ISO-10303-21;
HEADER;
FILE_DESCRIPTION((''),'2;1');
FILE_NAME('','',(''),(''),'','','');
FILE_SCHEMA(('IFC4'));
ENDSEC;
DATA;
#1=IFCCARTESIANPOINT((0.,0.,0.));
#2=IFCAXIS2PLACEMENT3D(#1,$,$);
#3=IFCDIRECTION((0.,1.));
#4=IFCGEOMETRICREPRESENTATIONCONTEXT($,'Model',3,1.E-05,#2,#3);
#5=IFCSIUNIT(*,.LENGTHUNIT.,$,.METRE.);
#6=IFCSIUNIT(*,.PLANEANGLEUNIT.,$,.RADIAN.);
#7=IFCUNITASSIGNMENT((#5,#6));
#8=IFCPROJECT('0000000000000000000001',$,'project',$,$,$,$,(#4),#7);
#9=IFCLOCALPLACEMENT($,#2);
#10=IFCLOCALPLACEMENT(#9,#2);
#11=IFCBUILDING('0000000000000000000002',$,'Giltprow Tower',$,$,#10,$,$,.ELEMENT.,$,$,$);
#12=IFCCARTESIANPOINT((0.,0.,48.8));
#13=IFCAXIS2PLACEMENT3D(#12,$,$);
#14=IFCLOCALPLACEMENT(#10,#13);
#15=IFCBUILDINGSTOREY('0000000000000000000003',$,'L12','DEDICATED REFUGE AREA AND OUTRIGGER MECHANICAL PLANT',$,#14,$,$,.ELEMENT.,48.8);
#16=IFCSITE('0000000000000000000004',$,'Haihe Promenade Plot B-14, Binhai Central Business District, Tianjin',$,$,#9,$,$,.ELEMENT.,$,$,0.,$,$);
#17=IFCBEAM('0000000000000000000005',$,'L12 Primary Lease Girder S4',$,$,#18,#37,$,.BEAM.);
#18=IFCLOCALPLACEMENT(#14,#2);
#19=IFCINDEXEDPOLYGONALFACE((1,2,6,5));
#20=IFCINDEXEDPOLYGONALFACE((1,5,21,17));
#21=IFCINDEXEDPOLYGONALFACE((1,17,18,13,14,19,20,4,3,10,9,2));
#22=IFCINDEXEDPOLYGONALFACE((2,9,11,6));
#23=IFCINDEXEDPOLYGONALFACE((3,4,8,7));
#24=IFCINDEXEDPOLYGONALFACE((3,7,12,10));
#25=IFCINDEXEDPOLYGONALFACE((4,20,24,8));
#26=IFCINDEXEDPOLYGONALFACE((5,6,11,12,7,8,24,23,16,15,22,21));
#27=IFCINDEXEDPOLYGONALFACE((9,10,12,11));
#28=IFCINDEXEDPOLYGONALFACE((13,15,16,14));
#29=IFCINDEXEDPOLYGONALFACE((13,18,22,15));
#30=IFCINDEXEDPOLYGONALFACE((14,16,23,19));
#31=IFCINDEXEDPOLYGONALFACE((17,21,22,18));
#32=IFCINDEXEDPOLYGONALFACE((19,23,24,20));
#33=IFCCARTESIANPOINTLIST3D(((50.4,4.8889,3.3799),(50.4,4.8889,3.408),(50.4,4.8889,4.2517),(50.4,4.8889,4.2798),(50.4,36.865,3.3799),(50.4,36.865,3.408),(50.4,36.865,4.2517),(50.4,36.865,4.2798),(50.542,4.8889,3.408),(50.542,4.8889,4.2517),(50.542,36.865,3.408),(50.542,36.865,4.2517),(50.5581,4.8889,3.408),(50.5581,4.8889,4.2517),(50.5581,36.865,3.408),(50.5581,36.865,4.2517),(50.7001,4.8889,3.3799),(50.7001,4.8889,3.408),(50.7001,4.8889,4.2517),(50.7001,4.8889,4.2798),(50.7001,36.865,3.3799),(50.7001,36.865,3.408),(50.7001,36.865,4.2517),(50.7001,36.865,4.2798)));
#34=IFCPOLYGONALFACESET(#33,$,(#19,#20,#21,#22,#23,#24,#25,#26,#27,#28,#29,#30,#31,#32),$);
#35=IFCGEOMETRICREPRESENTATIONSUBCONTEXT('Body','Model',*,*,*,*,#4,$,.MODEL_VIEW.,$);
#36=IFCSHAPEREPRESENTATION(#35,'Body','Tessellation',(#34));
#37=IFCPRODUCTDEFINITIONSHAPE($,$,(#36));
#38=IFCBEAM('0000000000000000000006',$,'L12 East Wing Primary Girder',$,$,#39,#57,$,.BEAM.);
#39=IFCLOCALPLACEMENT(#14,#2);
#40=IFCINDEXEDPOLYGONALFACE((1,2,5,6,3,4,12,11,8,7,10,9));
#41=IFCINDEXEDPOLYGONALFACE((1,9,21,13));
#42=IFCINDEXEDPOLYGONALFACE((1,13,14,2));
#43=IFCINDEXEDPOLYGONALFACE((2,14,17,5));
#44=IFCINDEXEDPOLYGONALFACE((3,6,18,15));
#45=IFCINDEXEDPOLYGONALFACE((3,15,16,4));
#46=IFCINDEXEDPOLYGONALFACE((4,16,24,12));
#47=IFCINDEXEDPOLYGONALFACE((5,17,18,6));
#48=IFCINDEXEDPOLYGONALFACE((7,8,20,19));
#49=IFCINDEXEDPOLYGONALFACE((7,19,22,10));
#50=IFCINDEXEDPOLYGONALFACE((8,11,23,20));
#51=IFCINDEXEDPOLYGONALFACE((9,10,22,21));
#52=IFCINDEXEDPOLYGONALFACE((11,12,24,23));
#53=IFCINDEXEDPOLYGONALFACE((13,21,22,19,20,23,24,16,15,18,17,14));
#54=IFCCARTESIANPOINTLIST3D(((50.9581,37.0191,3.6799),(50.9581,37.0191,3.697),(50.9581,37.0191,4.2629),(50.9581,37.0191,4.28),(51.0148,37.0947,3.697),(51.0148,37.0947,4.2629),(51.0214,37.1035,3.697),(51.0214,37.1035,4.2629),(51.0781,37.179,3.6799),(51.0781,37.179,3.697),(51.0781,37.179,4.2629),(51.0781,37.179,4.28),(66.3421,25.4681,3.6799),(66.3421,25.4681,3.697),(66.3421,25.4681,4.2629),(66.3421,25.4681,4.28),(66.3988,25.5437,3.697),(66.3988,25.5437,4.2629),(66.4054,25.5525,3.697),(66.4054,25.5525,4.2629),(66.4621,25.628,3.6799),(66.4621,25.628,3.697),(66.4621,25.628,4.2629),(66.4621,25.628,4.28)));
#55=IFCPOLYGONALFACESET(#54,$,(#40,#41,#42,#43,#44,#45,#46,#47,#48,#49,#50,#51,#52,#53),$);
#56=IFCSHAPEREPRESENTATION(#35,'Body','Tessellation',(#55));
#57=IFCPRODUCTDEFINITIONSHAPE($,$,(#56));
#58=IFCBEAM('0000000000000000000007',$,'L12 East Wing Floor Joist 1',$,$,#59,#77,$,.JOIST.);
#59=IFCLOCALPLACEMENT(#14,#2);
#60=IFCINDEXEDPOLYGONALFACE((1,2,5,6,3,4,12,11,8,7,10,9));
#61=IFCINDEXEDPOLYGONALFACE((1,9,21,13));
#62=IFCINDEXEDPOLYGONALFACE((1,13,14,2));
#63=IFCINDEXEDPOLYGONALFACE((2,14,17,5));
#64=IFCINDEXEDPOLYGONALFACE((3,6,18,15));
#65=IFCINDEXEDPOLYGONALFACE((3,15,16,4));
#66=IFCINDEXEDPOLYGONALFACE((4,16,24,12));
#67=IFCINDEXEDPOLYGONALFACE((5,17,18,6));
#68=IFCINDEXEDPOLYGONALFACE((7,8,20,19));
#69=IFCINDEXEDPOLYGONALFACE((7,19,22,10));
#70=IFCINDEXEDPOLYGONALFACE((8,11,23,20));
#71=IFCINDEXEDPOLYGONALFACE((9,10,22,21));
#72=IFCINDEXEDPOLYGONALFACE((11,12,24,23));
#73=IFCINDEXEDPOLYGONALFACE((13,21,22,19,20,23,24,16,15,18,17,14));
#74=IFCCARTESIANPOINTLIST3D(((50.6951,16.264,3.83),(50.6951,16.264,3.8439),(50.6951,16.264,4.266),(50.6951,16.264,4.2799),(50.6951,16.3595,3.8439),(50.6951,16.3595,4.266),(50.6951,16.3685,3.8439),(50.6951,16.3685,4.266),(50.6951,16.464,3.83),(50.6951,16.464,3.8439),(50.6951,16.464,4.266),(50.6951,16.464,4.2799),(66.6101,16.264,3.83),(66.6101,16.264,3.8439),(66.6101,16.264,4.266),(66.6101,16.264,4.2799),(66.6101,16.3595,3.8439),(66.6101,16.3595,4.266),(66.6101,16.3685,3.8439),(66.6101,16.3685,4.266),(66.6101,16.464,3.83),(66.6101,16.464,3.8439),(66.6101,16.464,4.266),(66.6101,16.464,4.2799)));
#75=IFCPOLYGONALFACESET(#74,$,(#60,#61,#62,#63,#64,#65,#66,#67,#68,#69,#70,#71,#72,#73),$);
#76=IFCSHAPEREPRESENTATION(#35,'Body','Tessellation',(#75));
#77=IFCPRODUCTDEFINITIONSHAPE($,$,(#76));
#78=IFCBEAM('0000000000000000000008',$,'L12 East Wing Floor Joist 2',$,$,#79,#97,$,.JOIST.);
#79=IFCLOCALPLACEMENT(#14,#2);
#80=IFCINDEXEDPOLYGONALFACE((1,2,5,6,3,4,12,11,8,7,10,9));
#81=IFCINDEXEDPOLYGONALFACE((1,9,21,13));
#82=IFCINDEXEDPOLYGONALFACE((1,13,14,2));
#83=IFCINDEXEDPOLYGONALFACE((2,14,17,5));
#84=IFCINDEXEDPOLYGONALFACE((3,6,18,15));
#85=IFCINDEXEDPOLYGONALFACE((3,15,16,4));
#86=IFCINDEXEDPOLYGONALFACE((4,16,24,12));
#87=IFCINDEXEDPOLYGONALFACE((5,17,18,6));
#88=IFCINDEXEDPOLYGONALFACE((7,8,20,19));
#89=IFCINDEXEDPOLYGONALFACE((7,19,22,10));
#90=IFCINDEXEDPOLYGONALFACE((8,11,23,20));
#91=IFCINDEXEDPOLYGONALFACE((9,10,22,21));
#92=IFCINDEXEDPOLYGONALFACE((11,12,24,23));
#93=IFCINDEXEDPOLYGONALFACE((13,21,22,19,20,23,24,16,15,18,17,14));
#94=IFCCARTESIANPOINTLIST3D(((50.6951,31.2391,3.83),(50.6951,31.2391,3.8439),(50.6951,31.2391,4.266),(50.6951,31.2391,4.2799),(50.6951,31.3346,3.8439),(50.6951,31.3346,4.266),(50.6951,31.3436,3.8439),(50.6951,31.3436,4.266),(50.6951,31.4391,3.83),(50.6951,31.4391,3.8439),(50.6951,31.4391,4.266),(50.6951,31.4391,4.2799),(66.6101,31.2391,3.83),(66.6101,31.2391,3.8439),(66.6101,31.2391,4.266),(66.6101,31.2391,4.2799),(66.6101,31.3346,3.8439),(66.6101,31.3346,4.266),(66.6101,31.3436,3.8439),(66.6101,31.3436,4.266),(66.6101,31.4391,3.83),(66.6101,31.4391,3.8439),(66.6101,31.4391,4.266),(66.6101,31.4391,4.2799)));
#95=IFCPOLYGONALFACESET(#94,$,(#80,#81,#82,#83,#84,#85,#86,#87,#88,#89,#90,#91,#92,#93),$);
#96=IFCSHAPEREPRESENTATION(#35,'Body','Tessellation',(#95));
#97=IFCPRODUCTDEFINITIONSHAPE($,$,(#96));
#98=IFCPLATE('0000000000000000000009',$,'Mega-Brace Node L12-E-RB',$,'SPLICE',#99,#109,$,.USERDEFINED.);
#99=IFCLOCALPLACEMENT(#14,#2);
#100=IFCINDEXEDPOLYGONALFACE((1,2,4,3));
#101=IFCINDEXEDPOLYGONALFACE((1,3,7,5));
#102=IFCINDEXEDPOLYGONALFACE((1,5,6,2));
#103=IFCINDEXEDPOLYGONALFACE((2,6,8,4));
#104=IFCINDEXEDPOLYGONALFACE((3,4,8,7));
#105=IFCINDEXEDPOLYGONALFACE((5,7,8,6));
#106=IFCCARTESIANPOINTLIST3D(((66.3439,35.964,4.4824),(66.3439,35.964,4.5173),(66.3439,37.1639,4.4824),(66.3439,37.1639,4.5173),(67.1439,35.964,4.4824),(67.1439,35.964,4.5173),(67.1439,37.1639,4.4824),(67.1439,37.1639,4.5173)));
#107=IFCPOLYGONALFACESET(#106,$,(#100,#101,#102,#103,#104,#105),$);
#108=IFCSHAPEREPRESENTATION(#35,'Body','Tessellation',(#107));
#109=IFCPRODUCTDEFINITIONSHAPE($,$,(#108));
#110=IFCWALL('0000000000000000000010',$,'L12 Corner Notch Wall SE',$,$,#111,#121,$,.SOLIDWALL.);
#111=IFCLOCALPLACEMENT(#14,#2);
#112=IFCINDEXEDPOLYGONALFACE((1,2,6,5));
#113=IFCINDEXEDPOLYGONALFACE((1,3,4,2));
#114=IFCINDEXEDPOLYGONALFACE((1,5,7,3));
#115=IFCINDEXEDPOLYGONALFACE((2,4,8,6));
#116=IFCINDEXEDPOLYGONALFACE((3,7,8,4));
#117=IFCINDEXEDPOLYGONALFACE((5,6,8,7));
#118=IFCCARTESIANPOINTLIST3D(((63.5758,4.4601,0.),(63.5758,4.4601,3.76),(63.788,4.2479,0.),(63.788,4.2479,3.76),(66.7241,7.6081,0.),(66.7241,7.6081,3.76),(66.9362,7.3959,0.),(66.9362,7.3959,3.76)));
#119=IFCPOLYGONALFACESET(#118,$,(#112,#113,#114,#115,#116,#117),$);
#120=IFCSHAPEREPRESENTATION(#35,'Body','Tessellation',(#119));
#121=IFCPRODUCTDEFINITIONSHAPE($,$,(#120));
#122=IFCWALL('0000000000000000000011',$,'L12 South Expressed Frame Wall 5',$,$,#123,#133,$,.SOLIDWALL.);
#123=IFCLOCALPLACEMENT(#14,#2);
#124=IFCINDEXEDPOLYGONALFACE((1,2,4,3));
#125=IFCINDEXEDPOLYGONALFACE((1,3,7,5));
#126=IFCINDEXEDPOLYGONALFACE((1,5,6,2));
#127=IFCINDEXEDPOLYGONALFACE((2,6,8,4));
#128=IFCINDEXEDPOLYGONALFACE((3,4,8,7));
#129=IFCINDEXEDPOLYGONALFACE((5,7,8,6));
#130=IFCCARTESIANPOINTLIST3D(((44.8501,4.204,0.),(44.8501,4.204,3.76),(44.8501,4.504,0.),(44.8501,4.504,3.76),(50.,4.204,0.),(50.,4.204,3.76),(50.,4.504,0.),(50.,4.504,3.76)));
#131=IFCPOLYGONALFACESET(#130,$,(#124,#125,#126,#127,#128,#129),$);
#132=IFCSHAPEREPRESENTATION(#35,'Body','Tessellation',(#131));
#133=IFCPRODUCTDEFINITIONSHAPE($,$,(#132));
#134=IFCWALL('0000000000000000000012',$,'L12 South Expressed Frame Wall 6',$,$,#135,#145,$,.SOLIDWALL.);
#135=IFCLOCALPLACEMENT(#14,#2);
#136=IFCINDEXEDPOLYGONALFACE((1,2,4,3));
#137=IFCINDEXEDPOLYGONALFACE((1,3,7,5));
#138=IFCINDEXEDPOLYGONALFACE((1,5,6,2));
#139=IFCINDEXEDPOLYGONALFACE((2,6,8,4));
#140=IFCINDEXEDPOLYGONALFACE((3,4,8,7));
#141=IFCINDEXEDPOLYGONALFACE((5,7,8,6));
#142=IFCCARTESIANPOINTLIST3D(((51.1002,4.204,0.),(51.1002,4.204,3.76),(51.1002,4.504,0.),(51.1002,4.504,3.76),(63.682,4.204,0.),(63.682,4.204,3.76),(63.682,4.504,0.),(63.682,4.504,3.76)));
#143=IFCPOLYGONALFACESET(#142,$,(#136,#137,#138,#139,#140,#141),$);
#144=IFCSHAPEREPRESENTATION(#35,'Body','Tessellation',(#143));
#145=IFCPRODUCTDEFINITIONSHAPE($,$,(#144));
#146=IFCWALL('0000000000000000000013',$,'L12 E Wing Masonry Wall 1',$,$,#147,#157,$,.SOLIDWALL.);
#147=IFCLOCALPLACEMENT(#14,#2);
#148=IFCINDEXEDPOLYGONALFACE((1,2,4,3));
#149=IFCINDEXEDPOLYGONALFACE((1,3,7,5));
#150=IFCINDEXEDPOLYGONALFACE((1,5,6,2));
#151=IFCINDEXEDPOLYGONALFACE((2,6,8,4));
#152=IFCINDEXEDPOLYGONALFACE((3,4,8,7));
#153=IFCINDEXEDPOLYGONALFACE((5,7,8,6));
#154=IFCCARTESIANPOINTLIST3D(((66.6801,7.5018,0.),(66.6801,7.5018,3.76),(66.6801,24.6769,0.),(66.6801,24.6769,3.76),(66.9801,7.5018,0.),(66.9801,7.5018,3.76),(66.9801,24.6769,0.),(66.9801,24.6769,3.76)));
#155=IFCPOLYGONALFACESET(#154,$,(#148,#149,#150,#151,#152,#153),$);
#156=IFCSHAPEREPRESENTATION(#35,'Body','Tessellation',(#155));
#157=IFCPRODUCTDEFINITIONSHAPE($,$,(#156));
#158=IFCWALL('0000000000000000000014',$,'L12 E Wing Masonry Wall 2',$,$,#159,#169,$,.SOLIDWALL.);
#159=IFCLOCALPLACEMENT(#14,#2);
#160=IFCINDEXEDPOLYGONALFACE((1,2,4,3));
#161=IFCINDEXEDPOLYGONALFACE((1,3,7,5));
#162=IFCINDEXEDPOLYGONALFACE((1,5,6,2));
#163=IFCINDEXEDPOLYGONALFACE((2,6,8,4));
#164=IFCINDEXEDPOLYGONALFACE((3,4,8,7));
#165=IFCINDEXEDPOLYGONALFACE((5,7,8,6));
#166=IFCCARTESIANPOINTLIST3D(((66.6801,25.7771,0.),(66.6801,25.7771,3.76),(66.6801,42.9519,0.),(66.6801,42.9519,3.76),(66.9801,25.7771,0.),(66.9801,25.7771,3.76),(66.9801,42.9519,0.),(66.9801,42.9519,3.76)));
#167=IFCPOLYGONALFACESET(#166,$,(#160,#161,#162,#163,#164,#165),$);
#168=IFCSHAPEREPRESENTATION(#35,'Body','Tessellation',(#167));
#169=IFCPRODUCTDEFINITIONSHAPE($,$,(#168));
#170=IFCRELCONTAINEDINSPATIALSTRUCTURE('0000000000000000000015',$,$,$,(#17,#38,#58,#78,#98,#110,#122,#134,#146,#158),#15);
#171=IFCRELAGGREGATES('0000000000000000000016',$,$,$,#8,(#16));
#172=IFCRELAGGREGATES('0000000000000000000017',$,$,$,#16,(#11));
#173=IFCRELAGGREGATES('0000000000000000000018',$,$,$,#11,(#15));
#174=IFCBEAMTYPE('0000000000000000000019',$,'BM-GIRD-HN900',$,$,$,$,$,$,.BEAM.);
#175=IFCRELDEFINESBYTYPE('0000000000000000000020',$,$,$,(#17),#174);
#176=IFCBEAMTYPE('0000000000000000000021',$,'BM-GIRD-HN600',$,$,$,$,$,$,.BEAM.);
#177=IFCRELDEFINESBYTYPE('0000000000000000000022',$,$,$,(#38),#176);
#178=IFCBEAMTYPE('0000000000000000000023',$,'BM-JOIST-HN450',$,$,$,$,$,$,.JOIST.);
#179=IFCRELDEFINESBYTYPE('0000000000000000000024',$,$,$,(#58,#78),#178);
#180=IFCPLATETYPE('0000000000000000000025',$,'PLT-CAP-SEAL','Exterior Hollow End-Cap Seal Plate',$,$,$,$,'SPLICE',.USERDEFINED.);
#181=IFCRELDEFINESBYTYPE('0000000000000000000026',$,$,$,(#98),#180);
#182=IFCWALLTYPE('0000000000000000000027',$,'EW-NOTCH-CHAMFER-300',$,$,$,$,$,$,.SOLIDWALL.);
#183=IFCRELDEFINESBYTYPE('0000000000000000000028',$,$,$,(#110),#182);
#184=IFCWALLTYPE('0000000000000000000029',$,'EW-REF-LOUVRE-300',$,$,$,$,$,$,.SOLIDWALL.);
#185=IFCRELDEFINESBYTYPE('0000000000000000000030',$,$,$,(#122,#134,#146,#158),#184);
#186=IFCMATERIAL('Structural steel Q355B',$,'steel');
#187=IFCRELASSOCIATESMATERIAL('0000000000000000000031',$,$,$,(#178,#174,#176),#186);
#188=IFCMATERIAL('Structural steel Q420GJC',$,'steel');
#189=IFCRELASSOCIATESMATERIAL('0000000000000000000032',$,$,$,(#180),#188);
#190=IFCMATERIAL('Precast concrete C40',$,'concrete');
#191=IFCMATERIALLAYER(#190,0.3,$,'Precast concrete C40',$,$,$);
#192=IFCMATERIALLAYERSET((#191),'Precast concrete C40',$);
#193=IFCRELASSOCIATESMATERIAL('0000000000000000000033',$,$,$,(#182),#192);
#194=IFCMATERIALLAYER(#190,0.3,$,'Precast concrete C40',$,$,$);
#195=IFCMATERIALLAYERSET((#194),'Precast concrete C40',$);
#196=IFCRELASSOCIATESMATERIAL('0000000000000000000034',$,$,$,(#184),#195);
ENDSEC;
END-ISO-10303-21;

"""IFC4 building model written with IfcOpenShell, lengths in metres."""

from ifc_helpers import new_model, si_unit, direction, frame, frame_2d, origin, origin_2d, place, context, subcontext, project, spatial, rectangle, i_section, extrude, source, transform, mapped, material, layer, layer_set, material_profile, profile_set, type_object, element, save


model = new_model("IFC4")

# Units and contexts
model_context = context("Model", 3, precision=1e-05, world=origin(), true_north=direction((0.0, 1.0)))
body_context = subcontext(model_context, "Body", "Model", "MODEL_VIEW")
ifc_project = project(units=[si_unit("LENGTHUNIT", "METRE"), si_unit("PLANEANGLEUNIT", "RADIAN")], contexts=[model_context])

# Site, building, storey
site_placement = place(None, origin())
site = spatial("IfcSite", under=ifc_project, at=site_placement, Name="Haihe Promenade Plot B-14, Binhai Central Business District, Tianjin", CompositionType="ELEMENT", RefElevation=0.0)
building_placement = place(site_placement, origin())
building = spatial("IfcBuilding", under=site, at=building_placement, Name="Giltprow Tower", CompositionType="ELEMENT")
storey_placement = place(building_placement, frame((0.0, 0.0, 48.8)))
storey = spatial("IfcBuildingStorey", under=building, at=storey_placement, Name="L12", Description="DEDICATED REFUGE AREA AND OUTRIGGER MECHANICAL PLANT", CompositionType="ELEMENT", Elevation=48.8)

# Shared definitions
ifc_material_1 = material(Name="Structural steel Q420GJC", Category="steel")

# Beams
ifc_material_2 = material(Name="Structural steel Q355B", Category="steel")
ifc_material_profile_1 = material_profile(ifc_material_2, i_section(OverallWidth=0.2, OverallDepth=0.45, WebThickness=0.009, FlangeThickness=0.0139, at=origin_2d()), Name="HN 450x200x9x14")
ifc_profile_set_1 = profile_set([ifc_material_profile_1], Name="Structural steel Q355B")
beam_type_1 = type_object("IfcBeamType", Name="BM-JOIST-HN450", PredefinedType="JOIST", material=ifc_profile_set_1)
ifc_material_profile_2 = material_profile(ifc_material_2, i_section(OverallWidth=0.3, OverallDepth=0.8999, WebThickness=0.0161, FlangeThickness=0.0281, at=origin_2d()), Name="HN 900x300x16x28")
ifc_profile_set_2 = profile_set([ifc_material_profile_2], Name="Structural steel Q355B")
beam_type_2 = type_object("IfcBeamType", Name="BM-GIRD-HN900", PredefinedType="BEAM", material=ifc_profile_set_2)
shared_shape_1 = source(origin(), body_context, "Body", "SweptSolid", [
    extrude(i_section(OverallWidth=0.3, OverallDepth=0.8999, WebThickness=0.0161, FlangeThickness=0.0281, at=origin_2d()), origin(), (0.0, 0.0, 1.0), 31.9761),
])
beam_1_placement = place(storey_placement, frame((50.55, 4.8889, 3.8298), z_axis=(0.0, 1.0, 0.0), x_axis=(-1.0, 0.0, 0.0)))
element("IfcBeam", 1, at=beam_1_placement, inside=storey, type_object=beam_type_2, Name="L12 Primary Lease Girder S4", PredefinedType="BEAM", context=body_context, shape_type="MappedRepresentation", body=[
    mapped(shared_shape_1, transform((0.0, 0.0, 0.0), x_axis=(1.0, 0.0, 0.0), y_axis=(0.0, 1.0, 0.0), z_axis=(0.0, 0.0, 1.0), scale=1.0)),
])
ifc_material_profile_3 = material_profile(ifc_material_2, i_section(OverallWidth=0.2, OverallDepth=0.6001, WebThickness=0.011, FlangeThickness=0.0171, at=origin_2d()), Name="HN 600x200x11x17")
ifc_profile_set_3 = profile_set([ifc_material_profile_3], Name="Structural steel Q355B")
beam_type_3 = type_object("IfcBeamType", Name="BM-GIRD-HN600", PredefinedType="BEAM", material=ifc_profile_set_3)
shared_shape_2 = source(origin(), body_context, "Body", "SweptSolid", [
    extrude(i_section(OverallWidth=0.2, OverallDepth=0.6001, WebThickness=0.011, FlangeThickness=0.0171, at=origin_2d()), origin(), (0.0, 0.0, 1.0), 19.2378),
])
beam_2_placement = place(storey_placement, frame((66.4021, 25.5481, 3.98), z_axis=(-0.799676, 0.600432, 0.0), x_axis=(-0.600432, -0.799676, 0.0)))
element("IfcBeam", 2, at=beam_2_placement, inside=storey, type_object=beam_type_3, Name="L12 East Wing Primary Girder", PredefinedType="BEAM", context=body_context, shape_type="MappedRepresentation", body=[
    mapped(shared_shape_2, transform((0.0, 0.0, 0.0), x_axis=(1.0, 0.0, 0.0), y_axis=(0.0, 1.0, 0.0), z_axis=(0.0, 0.0, 1.0), scale=1.0)),
])
shared_shape_3 = source(origin(), body_context, "Body", "SweptSolid", [
    extrude(i_section(OverallWidth=0.2, OverallDepth=0.45, WebThickness=0.009, FlangeThickness=0.0139, at=origin_2d()), origin(), (0.0, 0.0, 1.0), 15.915),
])
for number, where, z_axis, x_axis, name in (
    (3, (50.6951, 16.364, 4.0549), (1.0, 0.0, 0.0), (0.0, 1.0, 0.0), "L12 East Wing Floor Joist 1"),
    (4, (50.6951, 31.3391, 4.0549), (1.0, 0.0, 0.0), (0.0, 1.0, 0.0), "L12 East Wing Floor Joist 2"),
):
    element("IfcBeam", number, at=place(storey_placement, frame(where, z_axis=z_axis, x_axis=x_axis)), inside=storey, type_object=beam_type_1, Name=name, PredefinedType="JOIST", context=body_context, shape_type="MappedRepresentation", body=[
        mapped(shared_shape_3, transform((0.0, 0.0, 0.0), x_axis=(1.0, 0.0, 0.0), y_axis=(0.0, 1.0, 0.0), z_axis=(0.0, 0.0, 1.0), scale=1.0)),
    ])

# Plate
plate_type = type_object("IfcPlateType", Name="PLT-CAP-SEAL", Description="Exterior Hollow End-Cap Seal Plate", ElementType="SPLICE", PredefinedType="USERDEFINED", material=ifc_material_1)
shared_shape_4 = source(origin(), body_context, "Body", "SweptSolid", [
    extrude(rectangle(XDim=1.2, YDim=0.8, at=origin_2d()), origin(), (0.0, 0.0, 1.0), 0.0349),
])
plate_placement = place(storey_placement, frame((66.7439, 36.564, 4.4824), z_axis=(0.0, 0.0, 1.0), x_axis=(0.0, 1.0, 0.0)))
element("IfcPlate", 5, at=plate_placement, inside=storey, type_object=plate_type, Name="Mega-Brace Node L12-E-RB", ObjectType="SPLICE", PredefinedType="USERDEFINED", context=body_context, shape_type="MappedRepresentation", body=[
    mapped(shared_shape_4, transform((0.0, 0.0, 0.0), x_axis=(1.0, 0.0, 0.0), y_axis=(0.0, 1.0, 0.0), z_axis=(0.0, 0.0, 1.0), scale=1.0)),
])

# Walls
ifc_material_3 = material(Name="Precast concrete C40", Category="concrete")
ifc_layer_1 = layer(ifc_material_3, 0.3, Name="Precast concrete C40")
ifc_layer_set_1 = layer_set([ifc_layer_1], Name="Precast concrete C40")
wall_type_1 = type_object("IfcWallType", Name="EW-NOTCH-CHAMFER-300", PredefinedType="SOLIDWALL", material=ifc_layer_set_1)
wall_1_placement = place(storey_placement, frame((63.6819, 4.354, 0.0), z_axis=(0.0, 0.0, 1.0), x_axis=(0.707134, 0.707079, 0.0)))
element("IfcWall", 6, at=wall_1_placement, inside=storey, type_object=wall_type_1, Name="L12 Corner Notch Wall SE", PredefinedType="SOLIDWALL", context=body_context, shape_type="SweptSolid", body=[
    extrude(rectangle(XDim=4.4521, YDim=0.3, at=frame_2d((2.2261, 0.0))), origin(), (0.0, 0.0, 1.0), 3.76),
])
ifc_layer_2 = layer(ifc_material_3, 0.3, Name="Precast concrete C40")
ifc_layer_set_2 = layer_set([ifc_layer_2], Name="Precast concrete C40")
wall_type_2 = type_object("IfcWallType", Name="EW-REF-LOUVRE-300", PredefinedType="SOLIDWALL", material=ifc_layer_set_2)
wall_2_placement = place(storey_placement, frame((44.8501, 4.354, 0.0), z_axis=(0.0, 0.0, 1.0), x_axis=(1.0, 0.0, 0.0)))
element("IfcWall", 7, at=wall_2_placement, inside=storey, type_object=wall_type_2, Name="L12 South Expressed Frame Wall 5", PredefinedType="SOLIDWALL", context=body_context, shape_type="SweptSolid", body=[
    extrude(rectangle(XDim=5.1499, YDim=0.3, at=frame_2d((2.575, 0.0))), origin(), (0.0, 0.0, 1.0), 3.76),
])
wall_3_placement = place(storey_placement, frame((51.1001, 4.354, 0.0), z_axis=(0.0, 0.0, 1.0), x_axis=(1.0, 0.0, 0.0)))
element("IfcWall", 8, at=wall_3_placement, inside=storey, type_object=wall_type_2, Name="L12 South Expressed Frame Wall 6", PredefinedType="SOLIDWALL", context=body_context, shape_type="SweptSolid", body=[
    extrude(rectangle(XDim=12.5818, YDim=0.3, at=frame_2d((6.291, 0.0))), origin(), (0.0, 0.0, 1.0), 3.76),
])
wall_4_placement = place(storey_placement, frame((66.8301, 7.502, 0.0), z_axis=(0.0, 0.0, 1.0), x_axis=(0.0, 1.0, 0.0)))
element("IfcWall", 9, at=wall_4_placement, inside=storey, type_object=wall_type_2, Name="L12 E Wing Masonry Wall 1", PredefinedType="SOLIDWALL", context=body_context, shape_type="SweptSolid", body=[
    extrude(rectangle(XDim=17.175, YDim=0.3, at=frame_2d((8.5874, 0.0))), origin(), (0.0, 0.0, 1.0), 3.76),
])
wall_5_placement = place(storey_placement, frame((66.8301, 25.7771, 0.0), z_axis=(0.0, 0.0, 1.0), x_axis=(0.0, 1.0, 0.0)))
element("IfcWall", 10, at=wall_5_placement, inside=storey, type_object=wall_type_2, Name="L12 E Wing Masonry Wall 2", PredefinedType="SOLIDWALL", context=body_context, shape_type="SweptSolid", body=[
    extrude(rectangle(XDim=17.1748, YDim=0.3, at=frame_2d((8.5874, 0.0))), origin(), (0.0, 0.0, 1.0), 3.76),
])

save(model, "model.ifc")
